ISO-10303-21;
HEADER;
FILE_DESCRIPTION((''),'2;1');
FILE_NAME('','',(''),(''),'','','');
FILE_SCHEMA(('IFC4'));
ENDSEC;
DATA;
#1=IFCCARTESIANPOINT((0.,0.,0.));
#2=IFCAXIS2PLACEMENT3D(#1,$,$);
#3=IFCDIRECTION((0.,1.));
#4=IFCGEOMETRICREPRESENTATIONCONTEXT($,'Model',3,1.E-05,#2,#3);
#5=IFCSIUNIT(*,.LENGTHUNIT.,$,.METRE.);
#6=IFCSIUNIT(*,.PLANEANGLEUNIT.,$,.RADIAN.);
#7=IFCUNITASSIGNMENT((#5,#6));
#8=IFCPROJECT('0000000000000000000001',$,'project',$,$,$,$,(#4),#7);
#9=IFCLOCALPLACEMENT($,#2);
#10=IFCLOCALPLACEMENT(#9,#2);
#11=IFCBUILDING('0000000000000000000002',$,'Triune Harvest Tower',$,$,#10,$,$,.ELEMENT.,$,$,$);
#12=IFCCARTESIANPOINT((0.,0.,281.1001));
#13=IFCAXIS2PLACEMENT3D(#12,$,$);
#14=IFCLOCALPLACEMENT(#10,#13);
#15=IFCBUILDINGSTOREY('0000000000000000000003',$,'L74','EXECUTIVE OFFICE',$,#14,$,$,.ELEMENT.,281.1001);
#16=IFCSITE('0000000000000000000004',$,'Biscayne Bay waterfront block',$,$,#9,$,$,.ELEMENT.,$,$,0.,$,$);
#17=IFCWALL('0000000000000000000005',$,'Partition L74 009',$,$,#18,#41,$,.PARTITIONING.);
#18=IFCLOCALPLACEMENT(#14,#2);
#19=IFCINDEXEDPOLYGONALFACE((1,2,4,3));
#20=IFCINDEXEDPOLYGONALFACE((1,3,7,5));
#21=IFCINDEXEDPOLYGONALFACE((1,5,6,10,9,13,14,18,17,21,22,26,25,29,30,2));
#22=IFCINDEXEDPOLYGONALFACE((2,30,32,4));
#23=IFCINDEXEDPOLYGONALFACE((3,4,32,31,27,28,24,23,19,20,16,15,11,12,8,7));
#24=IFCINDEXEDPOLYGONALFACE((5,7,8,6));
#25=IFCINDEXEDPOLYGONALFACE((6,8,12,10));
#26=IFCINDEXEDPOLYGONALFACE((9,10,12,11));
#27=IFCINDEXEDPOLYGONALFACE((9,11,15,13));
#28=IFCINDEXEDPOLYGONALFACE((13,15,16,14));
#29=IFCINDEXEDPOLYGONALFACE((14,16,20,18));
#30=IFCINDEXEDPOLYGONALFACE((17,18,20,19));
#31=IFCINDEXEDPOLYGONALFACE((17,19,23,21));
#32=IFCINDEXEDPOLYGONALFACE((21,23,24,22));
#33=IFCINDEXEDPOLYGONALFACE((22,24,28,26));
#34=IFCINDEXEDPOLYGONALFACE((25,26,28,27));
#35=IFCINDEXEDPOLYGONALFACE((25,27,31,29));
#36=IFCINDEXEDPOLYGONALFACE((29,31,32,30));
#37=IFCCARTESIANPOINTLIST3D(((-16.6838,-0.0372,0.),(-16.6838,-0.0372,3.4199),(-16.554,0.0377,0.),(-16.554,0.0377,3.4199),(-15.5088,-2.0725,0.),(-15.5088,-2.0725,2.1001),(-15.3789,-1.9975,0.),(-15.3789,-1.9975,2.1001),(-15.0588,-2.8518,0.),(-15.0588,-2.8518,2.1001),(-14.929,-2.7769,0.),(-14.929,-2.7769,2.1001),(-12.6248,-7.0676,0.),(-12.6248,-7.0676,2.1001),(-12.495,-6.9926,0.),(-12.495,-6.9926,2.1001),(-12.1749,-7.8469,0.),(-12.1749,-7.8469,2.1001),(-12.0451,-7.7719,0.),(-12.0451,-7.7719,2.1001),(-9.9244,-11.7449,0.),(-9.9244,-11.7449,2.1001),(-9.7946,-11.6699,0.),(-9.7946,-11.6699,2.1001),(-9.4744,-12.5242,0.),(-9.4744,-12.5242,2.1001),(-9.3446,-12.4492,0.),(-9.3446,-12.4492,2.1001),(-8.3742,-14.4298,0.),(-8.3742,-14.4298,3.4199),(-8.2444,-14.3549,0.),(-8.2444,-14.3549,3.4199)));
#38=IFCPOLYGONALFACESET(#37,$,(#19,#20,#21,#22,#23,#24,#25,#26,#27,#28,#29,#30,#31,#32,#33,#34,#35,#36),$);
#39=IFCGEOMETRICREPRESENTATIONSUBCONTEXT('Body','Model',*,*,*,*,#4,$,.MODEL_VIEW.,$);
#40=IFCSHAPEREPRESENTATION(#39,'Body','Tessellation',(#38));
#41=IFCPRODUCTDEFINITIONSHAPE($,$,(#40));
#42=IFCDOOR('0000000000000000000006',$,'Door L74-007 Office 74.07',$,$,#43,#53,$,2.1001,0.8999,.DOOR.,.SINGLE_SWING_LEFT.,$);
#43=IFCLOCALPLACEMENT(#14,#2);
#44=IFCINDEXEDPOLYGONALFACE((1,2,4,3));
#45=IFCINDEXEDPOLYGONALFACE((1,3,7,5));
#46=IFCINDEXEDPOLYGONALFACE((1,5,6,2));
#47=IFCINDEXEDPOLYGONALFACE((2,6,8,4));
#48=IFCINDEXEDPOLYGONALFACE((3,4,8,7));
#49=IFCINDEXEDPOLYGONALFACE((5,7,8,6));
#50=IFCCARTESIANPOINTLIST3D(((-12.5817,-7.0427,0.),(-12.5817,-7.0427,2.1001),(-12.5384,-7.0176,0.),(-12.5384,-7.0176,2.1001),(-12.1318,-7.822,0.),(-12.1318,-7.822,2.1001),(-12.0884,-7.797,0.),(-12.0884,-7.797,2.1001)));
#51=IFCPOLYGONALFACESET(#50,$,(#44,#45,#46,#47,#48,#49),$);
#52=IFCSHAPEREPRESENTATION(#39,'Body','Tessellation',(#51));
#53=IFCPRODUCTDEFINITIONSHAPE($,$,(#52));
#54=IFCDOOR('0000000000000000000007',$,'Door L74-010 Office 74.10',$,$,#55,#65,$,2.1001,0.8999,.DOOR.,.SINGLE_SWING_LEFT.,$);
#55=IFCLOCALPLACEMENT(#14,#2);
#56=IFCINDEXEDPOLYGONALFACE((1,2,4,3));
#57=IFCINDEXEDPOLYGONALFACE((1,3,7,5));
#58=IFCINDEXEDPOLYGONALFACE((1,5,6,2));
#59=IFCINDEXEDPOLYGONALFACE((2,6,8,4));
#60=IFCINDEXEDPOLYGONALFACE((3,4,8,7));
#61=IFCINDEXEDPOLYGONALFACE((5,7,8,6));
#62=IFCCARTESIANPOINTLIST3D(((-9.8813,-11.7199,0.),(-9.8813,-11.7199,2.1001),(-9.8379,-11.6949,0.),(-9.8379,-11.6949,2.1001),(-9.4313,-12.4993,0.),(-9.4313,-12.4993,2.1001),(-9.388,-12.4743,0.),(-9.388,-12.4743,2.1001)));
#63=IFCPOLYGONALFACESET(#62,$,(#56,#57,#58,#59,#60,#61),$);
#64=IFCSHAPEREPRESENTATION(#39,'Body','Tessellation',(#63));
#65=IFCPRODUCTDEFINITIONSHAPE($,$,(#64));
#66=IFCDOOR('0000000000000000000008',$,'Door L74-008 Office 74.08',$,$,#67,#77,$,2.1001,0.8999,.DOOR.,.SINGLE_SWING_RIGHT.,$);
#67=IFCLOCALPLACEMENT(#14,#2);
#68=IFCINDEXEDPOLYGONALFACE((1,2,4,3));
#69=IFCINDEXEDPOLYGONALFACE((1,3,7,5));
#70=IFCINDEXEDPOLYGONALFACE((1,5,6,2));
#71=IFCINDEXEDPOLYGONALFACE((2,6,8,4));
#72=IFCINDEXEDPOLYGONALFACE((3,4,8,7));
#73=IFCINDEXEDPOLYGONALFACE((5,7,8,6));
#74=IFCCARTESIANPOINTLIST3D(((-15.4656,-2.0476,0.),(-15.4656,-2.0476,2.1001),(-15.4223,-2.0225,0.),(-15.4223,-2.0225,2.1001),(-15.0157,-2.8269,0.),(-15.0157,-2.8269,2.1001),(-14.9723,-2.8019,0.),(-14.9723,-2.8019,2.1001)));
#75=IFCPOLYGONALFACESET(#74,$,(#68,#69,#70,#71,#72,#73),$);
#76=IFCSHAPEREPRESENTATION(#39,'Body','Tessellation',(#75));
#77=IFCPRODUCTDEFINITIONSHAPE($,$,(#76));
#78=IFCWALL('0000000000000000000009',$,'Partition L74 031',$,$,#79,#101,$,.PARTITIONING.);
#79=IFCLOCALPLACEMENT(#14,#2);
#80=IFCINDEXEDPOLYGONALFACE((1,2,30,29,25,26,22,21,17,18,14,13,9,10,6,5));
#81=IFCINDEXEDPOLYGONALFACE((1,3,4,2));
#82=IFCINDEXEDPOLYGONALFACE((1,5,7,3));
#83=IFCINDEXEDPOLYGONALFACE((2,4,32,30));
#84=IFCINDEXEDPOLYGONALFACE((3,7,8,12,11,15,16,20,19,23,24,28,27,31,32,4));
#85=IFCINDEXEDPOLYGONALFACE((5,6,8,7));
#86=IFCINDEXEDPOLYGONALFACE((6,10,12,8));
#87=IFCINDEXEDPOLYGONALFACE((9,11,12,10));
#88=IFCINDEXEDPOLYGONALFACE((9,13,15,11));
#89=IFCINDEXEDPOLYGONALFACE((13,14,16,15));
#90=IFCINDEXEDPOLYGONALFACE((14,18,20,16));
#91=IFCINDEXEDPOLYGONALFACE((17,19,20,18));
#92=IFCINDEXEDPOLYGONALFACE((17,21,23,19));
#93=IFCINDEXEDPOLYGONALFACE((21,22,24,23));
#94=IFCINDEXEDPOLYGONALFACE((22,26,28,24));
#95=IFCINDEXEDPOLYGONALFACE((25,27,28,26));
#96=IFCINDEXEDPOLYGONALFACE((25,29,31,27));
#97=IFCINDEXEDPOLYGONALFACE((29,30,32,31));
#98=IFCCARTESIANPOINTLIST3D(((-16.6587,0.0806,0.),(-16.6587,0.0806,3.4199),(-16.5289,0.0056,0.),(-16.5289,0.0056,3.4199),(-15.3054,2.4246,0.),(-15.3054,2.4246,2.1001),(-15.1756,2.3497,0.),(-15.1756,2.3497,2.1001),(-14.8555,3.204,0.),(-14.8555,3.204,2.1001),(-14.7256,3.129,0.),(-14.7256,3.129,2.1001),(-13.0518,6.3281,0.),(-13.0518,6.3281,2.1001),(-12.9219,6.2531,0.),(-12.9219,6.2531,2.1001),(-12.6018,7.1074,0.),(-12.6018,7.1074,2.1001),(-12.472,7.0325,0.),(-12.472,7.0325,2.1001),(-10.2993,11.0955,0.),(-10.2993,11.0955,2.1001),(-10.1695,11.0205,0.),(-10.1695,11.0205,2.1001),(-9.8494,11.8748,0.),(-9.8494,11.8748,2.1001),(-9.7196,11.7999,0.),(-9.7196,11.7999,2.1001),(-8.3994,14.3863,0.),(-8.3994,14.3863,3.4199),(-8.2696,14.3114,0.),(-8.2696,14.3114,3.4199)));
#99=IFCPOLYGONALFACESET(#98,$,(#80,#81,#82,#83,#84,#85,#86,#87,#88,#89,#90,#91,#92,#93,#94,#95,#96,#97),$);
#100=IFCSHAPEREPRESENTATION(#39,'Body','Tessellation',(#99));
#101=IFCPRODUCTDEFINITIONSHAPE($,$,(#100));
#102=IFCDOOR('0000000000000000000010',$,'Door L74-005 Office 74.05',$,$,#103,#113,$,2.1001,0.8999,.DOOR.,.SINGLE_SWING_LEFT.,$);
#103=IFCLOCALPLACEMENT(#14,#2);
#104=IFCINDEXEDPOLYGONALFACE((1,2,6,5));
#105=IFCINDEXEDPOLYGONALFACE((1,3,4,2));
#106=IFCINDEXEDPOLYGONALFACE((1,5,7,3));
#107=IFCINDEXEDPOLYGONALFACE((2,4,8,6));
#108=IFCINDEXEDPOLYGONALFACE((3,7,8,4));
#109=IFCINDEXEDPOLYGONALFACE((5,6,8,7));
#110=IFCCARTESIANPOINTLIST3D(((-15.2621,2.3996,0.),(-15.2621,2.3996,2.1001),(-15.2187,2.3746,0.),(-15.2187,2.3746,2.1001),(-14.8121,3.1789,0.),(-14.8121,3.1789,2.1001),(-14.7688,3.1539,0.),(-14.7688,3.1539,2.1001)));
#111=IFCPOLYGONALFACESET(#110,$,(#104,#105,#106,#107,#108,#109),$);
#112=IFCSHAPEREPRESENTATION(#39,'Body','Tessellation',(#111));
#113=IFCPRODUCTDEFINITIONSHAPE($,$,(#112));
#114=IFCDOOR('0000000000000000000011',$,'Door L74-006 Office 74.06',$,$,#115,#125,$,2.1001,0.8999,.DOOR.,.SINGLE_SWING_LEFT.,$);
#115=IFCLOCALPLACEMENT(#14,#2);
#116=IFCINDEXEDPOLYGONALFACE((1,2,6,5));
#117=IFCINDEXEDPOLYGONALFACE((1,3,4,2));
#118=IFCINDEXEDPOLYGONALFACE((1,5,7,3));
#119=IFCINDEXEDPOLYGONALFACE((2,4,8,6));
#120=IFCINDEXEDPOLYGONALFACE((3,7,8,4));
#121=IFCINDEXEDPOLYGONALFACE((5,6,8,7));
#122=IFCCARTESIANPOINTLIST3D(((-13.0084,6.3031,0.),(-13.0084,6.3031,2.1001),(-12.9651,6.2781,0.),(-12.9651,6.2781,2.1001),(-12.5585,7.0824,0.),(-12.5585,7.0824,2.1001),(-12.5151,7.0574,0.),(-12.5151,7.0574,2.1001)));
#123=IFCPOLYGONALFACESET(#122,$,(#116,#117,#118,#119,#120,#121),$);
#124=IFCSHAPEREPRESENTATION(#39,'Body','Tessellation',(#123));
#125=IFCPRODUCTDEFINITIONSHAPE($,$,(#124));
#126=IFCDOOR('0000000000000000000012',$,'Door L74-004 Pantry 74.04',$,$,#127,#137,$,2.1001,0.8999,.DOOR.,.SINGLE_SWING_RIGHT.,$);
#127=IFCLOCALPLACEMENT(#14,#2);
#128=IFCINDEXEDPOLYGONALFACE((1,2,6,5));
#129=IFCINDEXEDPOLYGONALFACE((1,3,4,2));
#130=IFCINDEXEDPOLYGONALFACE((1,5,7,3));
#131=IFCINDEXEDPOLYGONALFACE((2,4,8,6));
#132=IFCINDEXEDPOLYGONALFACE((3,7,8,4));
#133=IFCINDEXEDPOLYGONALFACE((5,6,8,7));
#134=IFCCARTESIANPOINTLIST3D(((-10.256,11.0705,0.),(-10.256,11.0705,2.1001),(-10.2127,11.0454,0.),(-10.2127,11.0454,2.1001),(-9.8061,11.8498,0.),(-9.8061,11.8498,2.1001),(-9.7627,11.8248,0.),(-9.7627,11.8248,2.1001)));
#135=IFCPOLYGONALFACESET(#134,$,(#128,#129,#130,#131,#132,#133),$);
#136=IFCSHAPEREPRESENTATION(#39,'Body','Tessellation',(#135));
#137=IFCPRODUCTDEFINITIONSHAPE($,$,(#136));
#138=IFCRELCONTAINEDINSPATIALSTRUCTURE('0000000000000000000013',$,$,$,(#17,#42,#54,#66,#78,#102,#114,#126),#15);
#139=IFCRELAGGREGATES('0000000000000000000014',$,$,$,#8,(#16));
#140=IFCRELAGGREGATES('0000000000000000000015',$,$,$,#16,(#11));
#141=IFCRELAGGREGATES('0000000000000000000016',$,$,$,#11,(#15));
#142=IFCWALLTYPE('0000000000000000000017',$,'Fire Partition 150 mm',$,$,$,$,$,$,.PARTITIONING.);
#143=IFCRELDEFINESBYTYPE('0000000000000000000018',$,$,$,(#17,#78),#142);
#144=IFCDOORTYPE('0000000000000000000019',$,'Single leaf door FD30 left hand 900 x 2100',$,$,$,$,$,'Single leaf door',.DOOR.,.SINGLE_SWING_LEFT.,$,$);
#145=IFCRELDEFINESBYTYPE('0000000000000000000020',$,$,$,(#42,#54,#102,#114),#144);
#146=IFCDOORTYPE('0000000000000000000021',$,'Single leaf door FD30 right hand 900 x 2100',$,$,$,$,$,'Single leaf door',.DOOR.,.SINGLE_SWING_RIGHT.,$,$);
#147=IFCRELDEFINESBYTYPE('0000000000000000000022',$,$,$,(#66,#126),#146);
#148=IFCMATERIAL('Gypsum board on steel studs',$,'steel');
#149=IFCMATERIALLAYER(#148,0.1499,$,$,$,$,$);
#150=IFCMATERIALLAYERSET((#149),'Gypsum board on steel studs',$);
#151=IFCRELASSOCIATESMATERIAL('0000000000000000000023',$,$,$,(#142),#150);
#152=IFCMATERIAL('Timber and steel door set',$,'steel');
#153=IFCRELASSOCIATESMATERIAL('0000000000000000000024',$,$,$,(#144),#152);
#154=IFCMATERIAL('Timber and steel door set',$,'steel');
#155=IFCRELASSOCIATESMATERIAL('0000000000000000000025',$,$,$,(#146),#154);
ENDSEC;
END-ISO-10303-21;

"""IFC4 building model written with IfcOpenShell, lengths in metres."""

from ifc_helpers import new_model, si_unit, direction, frame, frame_2d, origin, place, context, subcontext, project, spatial, rectangle, extrude, material, layer, layer_set, type_object, element, fill, save


model = new_model("IFC4")

# Units and contexts
model_context = context("Model", 3, precision=1e-05, world=origin(), true_north=direction((0.0, 1.0)))
body_context = subcontext(model_context, "Body", "Model", "MODEL_VIEW")
ifc_project = project(units=[si_unit("LENGTHUNIT", "METRE"), si_unit("PLANEANGLEUNIT", "RADIAN")], contexts=[model_context])

# Site, building, storey
site_placement = place(None, origin())
site = spatial("IfcSite", under=ifc_project, at=site_placement, Name="Biscayne Bay waterfront block", CompositionType="ELEMENT", RefElevation=0.0)
building_placement = place(site_placement, origin())
building = spatial("IfcBuilding", under=site, at=building_placement, Name="Triune Harvest Tower", CompositionType="ELEMENT")
storey_placement = place(building_placement, frame((0.0, 0.0, 281.1001)))
storey = spatial("IfcBuildingStorey", under=building, at=storey_placement, Name="L74", Description="EXECUTIVE OFFICE", CompositionType="ELEMENT", Elevation=281.1001)

# Walls, openings, doors
ifc_material_1 = material(Name="Gypsum board on steel studs", Category="steel")
ifc_layer_1 = layer(ifc_material_1, 0.1499)
ifc_layer_set_1 = layer_set([ifc_layer_1], Name="Gypsum board on steel studs")
wall_type_1 = type_object("IfcWallType", Name="Fire Partition 150 mm", PredefinedType="PARTITIONING", material=ifc_layer_set_1)
wall_1_placement = place(storey_placement, frame((-16.6189, 0.0002, 0.0), z_axis=(0.0, 0.0, 1.0), x_axis=(0.500001, -0.866025, 0.0)))
wall_1 = element("IfcWall", 1, at=wall_1_placement, inside=storey, type_object=wall_type_1, Name="Partition L74 009", PredefinedType="PARTITIONING", context=body_context, shape_type="SweptSolid", body=[
    extrude(rectangle(XDim=16.6191, YDim=0.1499, at=frame_2d((8.3096, 0.0))), origin(), (0.0, 0.0, 1.0), 3.4199),
])
opening_1_placement = place(wall_1_placement, frame((8.1179, 0.0, 0.0)))
opening_1 = element("IfcOpeningElement", 2, at=opening_1_placement, cuts=wall_1, PredefinedType="OPENING", context=body_context, shape_type="SweptSolid", body=[
    extrude(rectangle(XDim=0.8999, YDim=2.1001, at=frame_2d((0.45, 1.05))), frame((0.0, 0.085, 0.0), z_axis=(0.0, -1.0, 0.0), x_axis=(1.0, 0.0, 0.0)), (0.0, 0.0, 1.0), 0.1699),
])
opening_2_placement = place(wall_1_placement, frame((2.3501, 0.0, 0.0)))
opening_2 = element("IfcOpeningElement", 3, at=opening_2_placement, cuts=wall_1, PredefinedType="OPENING", context=body_context, shape_type="SweptSolid", body=[
    extrude(rectangle(XDim=0.8999, YDim=2.1001, at=frame_2d((0.45, 1.05))), frame((0.0, 0.085, 0.0), z_axis=(0.0, -1.0, 0.0), x_axis=(1.0, 0.0, 0.0)), (0.0, 0.0, 1.0), 0.1699),
])
opening_3_placement = place(wall_1_placement, frame((13.5188, 0.0, 0.0)))
opening_3 = element("IfcOpeningElement", 4, at=opening_3_placement, cuts=wall_1, PredefinedType="OPENING", context=body_context, shape_type="SweptSolid", body=[
    extrude(rectangle(XDim=0.8999, YDim=2.1001, at=frame_2d((0.45, 1.05))), frame((0.0, 0.085, 0.0), z_axis=(0.0, -1.0, 0.0), x_axis=(1.0, 0.0, 0.0)), (0.0, 0.0, 1.0), 0.1699),
])
ifc_material_2 = material(Name="Timber and steel door set", Category="steel")
door_type_1 = type_object("IfcDoorType", Name="Single leaf door FD30 left hand 900 x 2100", ElementType="Single leaf door", OperationType="SINGLE_SWING_LEFT", PredefinedType="DOOR", material=ifc_material_2)
door_1_placement = place(opening_1_placement, origin())
door_1 = element("IfcDoor", 5, at=door_1_placement, inside=storey, type_object=door_type_1, Name="Door L74-007 Office 74.07", OperationType="SINGLE_SWING_LEFT", OverallHeight=2.1001, OverallWidth=0.8999, PredefinedType="DOOR", context=body_context, shape_type="SweptSolid", body=[
    extrude(rectangle(XDim=0.8999, YDim=2.1001, at=frame_2d((0.45, 1.05))), frame((0.0, 0.0249, 0.0), z_axis=(0.0, -1.0, 0.0), x_axis=(1.0, 0.0, 0.0)), (0.0, 0.0, 1.0), 0.05),
])
fill(opening_1, door_1)
door_2_placement = place(opening_3_placement, origin())
door_2 = element("IfcDoor", 6, at=door_2_placement, inside=storey, type_object=door_type_1, Name="Door L74-010 Office 74.10", OperationType="SINGLE_SWING_LEFT", OverallHeight=2.1001, OverallWidth=0.8999, PredefinedType="DOOR", context=body_context, shape_type="SweptSolid", body=[
    extrude(rectangle(XDim=0.8999, YDim=2.1001, at=frame_2d((0.45, 1.05))), frame((0.0, 0.0249, 0.0), z_axis=(0.0, -1.0, 0.0), x_axis=(1.0, 0.0, 0.0)), (0.0, 0.0, 1.0), 0.05),
])
fill(opening_3, door_2)
ifc_material_3 = material(Name="Timber and steel door set", Category="steel")
door_type_2 = type_object("IfcDoorType", Name="Single leaf door FD30 right hand 900 x 2100", ElementType="Single leaf door", OperationType="SINGLE_SWING_RIGHT", PredefinedType="DOOR", material=ifc_material_3)
door_3_placement = place(opening_2_placement, origin())
door_3 = element("IfcDoor", 7, at=door_3_placement, inside=storey, type_object=door_type_2, Name="Door L74-008 Office 74.08", OperationType="SINGLE_SWING_RIGHT", OverallHeight=2.1001, OverallWidth=0.8999, PredefinedType="DOOR", context=body_context, shape_type="SweptSolid", body=[
    extrude(rectangle(XDim=0.8999, YDim=2.1001, at=frame_2d((0.45, 1.05))), frame((0.0, 0.0249, 0.0), z_axis=(0.0, -1.0, 0.0), x_axis=(1.0, 0.0, 0.0)), (0.0, 0.0, 1.0), 0.05),
])
fill(opening_2, door_3)
wall_2_placement = place(storey_placement, frame((-16.5938, 0.0432, 0.0), z_axis=(0.0, 0.0, 1.0), x_axis=(0.499995, 0.866028, 0.0)))
wall_2 = element("IfcWall", 8, at=wall_2_placement, inside=storey, type_object=wall_type_1, Name="Partition L74 031", PredefinedType="PARTITIONING", context=body_context, shape_type="SweptSolid", body=[
    extrude(rectangle(XDim=16.5188, YDim=0.1499, at=frame_2d((8.2593, 0.0))), origin(), (0.0, 0.0, 1.0), 3.4199),
])
opening_4_placement = place(wall_2_placement, frame((12.7188, 0.0, 0.0)))
opening_4 = element("IfcOpeningElement", 9, at=opening_4_placement, cuts=wall_2, PredefinedType="OPENING", context=body_context, shape_type="SweptSolid", body=[
    extrude(rectangle(XDim=0.8999, YDim=2.1001, at=frame_2d((0.45, 1.05))), frame((0.0, 0.085, 0.0), z_axis=(0.0, -1.0, 0.0), x_axis=(1.0, 0.0, 0.0)), (0.0, 0.0, 1.0), 0.1699),
])
opening_5_placement = place(wall_2_placement, frame((2.7065, 0.0, 0.0)))
opening_5 = element("IfcOpeningElement", 10, at=opening_5_placement, cuts=wall_2, PredefinedType="OPENING", context=body_context, shape_type="SweptSolid", body=[
    extrude(rectangle(XDim=0.8999, YDim=2.1001, at=frame_2d((0.45, 1.05))), frame((0.0, 0.085, 0.0), z_axis=(0.0, -1.0, 0.0), x_axis=(1.0, 0.0, 0.0)), (0.0, 0.0, 1.0), 0.1699),
])
opening_6_placement = place(wall_2_placement, frame((7.2139, 0.0, 0.0)))
opening_6 = element("IfcOpeningElement", 11, at=opening_6_placement, cuts=wall_2, PredefinedType="OPENING", context=body_context, shape_type="SweptSolid", body=[
    extrude(rectangle(XDim=0.8999, YDim=2.1001, at=frame_2d((0.45, 1.05))), frame((0.0, 0.085, 0.0), z_axis=(0.0, -1.0, 0.0), x_axis=(1.0, 0.0, 0.0)), (0.0, 0.0, 1.0), 0.1699),
])
door_4_placement = place(opening_5_placement, origin())
door_4 = element("IfcDoor", 12, at=door_4_placement, inside=storey, type_object=door_type_1, Name="Door L74-005 Office 74.05", OperationType="SINGLE_SWING_LEFT", OverallHeight=2.1001, OverallWidth=0.8999, PredefinedType="DOOR", context=body_context, shape_type="SweptSolid", body=[
    extrude(rectangle(XDim=0.8999, YDim=2.1001, at=frame_2d((0.45, 1.05))), frame((0.0, 0.0249, 0.0), z_axis=(0.0, -1.0, 0.0), x_axis=(1.0, 0.0, 0.0)), (0.0, 0.0, 1.0), 0.05),
])
fill(opening_5, door_4)
door_5_placement = place(opening_6_placement, origin())
door_5 = element("IfcDoor", 13, at=door_5_placement, inside=storey, type_object=door_type_1, Name="Door L74-006 Office 74.06", OperationType="SINGLE_SWING_LEFT", OverallHeight=2.1001, OverallWidth=0.8999, PredefinedType="DOOR", context=body_context, shape_type="SweptSolid", body=[
    extrude(rectangle(XDim=0.8999, YDim=2.1001, at=frame_2d((0.45, 1.05))), frame((0.0, 0.0249, 0.0), z_axis=(0.0, -1.0, 0.0), x_axis=(1.0, 0.0, 0.0)), (0.0, 0.0, 1.0), 0.05),
])
fill(opening_6, door_5)
door_6_placement = place(opening_4_placement, origin())
door_6 = element("IfcDoor", 14, at=door_6_placement, inside=storey, type_object=door_type_2, Name="Door L74-004 Pantry 74.04", OperationType="SINGLE_SWING_RIGHT", OverallHeight=2.1001, OverallWidth=0.8999, PredefinedType="DOOR", context=body_context, shape_type="SweptSolid", body=[
    extrude(rectangle(XDim=0.8999, YDim=2.1001, at=frame_2d((0.45, 1.05))), frame((0.0, 0.0249, 0.0), z_axis=(0.0, -1.0, 0.0), x_axis=(1.0, 0.0, 0.0)), (0.0, 0.0, 1.0), 0.05),
])
fill(opening_4, door_6)

save(model, "model.ifc")
